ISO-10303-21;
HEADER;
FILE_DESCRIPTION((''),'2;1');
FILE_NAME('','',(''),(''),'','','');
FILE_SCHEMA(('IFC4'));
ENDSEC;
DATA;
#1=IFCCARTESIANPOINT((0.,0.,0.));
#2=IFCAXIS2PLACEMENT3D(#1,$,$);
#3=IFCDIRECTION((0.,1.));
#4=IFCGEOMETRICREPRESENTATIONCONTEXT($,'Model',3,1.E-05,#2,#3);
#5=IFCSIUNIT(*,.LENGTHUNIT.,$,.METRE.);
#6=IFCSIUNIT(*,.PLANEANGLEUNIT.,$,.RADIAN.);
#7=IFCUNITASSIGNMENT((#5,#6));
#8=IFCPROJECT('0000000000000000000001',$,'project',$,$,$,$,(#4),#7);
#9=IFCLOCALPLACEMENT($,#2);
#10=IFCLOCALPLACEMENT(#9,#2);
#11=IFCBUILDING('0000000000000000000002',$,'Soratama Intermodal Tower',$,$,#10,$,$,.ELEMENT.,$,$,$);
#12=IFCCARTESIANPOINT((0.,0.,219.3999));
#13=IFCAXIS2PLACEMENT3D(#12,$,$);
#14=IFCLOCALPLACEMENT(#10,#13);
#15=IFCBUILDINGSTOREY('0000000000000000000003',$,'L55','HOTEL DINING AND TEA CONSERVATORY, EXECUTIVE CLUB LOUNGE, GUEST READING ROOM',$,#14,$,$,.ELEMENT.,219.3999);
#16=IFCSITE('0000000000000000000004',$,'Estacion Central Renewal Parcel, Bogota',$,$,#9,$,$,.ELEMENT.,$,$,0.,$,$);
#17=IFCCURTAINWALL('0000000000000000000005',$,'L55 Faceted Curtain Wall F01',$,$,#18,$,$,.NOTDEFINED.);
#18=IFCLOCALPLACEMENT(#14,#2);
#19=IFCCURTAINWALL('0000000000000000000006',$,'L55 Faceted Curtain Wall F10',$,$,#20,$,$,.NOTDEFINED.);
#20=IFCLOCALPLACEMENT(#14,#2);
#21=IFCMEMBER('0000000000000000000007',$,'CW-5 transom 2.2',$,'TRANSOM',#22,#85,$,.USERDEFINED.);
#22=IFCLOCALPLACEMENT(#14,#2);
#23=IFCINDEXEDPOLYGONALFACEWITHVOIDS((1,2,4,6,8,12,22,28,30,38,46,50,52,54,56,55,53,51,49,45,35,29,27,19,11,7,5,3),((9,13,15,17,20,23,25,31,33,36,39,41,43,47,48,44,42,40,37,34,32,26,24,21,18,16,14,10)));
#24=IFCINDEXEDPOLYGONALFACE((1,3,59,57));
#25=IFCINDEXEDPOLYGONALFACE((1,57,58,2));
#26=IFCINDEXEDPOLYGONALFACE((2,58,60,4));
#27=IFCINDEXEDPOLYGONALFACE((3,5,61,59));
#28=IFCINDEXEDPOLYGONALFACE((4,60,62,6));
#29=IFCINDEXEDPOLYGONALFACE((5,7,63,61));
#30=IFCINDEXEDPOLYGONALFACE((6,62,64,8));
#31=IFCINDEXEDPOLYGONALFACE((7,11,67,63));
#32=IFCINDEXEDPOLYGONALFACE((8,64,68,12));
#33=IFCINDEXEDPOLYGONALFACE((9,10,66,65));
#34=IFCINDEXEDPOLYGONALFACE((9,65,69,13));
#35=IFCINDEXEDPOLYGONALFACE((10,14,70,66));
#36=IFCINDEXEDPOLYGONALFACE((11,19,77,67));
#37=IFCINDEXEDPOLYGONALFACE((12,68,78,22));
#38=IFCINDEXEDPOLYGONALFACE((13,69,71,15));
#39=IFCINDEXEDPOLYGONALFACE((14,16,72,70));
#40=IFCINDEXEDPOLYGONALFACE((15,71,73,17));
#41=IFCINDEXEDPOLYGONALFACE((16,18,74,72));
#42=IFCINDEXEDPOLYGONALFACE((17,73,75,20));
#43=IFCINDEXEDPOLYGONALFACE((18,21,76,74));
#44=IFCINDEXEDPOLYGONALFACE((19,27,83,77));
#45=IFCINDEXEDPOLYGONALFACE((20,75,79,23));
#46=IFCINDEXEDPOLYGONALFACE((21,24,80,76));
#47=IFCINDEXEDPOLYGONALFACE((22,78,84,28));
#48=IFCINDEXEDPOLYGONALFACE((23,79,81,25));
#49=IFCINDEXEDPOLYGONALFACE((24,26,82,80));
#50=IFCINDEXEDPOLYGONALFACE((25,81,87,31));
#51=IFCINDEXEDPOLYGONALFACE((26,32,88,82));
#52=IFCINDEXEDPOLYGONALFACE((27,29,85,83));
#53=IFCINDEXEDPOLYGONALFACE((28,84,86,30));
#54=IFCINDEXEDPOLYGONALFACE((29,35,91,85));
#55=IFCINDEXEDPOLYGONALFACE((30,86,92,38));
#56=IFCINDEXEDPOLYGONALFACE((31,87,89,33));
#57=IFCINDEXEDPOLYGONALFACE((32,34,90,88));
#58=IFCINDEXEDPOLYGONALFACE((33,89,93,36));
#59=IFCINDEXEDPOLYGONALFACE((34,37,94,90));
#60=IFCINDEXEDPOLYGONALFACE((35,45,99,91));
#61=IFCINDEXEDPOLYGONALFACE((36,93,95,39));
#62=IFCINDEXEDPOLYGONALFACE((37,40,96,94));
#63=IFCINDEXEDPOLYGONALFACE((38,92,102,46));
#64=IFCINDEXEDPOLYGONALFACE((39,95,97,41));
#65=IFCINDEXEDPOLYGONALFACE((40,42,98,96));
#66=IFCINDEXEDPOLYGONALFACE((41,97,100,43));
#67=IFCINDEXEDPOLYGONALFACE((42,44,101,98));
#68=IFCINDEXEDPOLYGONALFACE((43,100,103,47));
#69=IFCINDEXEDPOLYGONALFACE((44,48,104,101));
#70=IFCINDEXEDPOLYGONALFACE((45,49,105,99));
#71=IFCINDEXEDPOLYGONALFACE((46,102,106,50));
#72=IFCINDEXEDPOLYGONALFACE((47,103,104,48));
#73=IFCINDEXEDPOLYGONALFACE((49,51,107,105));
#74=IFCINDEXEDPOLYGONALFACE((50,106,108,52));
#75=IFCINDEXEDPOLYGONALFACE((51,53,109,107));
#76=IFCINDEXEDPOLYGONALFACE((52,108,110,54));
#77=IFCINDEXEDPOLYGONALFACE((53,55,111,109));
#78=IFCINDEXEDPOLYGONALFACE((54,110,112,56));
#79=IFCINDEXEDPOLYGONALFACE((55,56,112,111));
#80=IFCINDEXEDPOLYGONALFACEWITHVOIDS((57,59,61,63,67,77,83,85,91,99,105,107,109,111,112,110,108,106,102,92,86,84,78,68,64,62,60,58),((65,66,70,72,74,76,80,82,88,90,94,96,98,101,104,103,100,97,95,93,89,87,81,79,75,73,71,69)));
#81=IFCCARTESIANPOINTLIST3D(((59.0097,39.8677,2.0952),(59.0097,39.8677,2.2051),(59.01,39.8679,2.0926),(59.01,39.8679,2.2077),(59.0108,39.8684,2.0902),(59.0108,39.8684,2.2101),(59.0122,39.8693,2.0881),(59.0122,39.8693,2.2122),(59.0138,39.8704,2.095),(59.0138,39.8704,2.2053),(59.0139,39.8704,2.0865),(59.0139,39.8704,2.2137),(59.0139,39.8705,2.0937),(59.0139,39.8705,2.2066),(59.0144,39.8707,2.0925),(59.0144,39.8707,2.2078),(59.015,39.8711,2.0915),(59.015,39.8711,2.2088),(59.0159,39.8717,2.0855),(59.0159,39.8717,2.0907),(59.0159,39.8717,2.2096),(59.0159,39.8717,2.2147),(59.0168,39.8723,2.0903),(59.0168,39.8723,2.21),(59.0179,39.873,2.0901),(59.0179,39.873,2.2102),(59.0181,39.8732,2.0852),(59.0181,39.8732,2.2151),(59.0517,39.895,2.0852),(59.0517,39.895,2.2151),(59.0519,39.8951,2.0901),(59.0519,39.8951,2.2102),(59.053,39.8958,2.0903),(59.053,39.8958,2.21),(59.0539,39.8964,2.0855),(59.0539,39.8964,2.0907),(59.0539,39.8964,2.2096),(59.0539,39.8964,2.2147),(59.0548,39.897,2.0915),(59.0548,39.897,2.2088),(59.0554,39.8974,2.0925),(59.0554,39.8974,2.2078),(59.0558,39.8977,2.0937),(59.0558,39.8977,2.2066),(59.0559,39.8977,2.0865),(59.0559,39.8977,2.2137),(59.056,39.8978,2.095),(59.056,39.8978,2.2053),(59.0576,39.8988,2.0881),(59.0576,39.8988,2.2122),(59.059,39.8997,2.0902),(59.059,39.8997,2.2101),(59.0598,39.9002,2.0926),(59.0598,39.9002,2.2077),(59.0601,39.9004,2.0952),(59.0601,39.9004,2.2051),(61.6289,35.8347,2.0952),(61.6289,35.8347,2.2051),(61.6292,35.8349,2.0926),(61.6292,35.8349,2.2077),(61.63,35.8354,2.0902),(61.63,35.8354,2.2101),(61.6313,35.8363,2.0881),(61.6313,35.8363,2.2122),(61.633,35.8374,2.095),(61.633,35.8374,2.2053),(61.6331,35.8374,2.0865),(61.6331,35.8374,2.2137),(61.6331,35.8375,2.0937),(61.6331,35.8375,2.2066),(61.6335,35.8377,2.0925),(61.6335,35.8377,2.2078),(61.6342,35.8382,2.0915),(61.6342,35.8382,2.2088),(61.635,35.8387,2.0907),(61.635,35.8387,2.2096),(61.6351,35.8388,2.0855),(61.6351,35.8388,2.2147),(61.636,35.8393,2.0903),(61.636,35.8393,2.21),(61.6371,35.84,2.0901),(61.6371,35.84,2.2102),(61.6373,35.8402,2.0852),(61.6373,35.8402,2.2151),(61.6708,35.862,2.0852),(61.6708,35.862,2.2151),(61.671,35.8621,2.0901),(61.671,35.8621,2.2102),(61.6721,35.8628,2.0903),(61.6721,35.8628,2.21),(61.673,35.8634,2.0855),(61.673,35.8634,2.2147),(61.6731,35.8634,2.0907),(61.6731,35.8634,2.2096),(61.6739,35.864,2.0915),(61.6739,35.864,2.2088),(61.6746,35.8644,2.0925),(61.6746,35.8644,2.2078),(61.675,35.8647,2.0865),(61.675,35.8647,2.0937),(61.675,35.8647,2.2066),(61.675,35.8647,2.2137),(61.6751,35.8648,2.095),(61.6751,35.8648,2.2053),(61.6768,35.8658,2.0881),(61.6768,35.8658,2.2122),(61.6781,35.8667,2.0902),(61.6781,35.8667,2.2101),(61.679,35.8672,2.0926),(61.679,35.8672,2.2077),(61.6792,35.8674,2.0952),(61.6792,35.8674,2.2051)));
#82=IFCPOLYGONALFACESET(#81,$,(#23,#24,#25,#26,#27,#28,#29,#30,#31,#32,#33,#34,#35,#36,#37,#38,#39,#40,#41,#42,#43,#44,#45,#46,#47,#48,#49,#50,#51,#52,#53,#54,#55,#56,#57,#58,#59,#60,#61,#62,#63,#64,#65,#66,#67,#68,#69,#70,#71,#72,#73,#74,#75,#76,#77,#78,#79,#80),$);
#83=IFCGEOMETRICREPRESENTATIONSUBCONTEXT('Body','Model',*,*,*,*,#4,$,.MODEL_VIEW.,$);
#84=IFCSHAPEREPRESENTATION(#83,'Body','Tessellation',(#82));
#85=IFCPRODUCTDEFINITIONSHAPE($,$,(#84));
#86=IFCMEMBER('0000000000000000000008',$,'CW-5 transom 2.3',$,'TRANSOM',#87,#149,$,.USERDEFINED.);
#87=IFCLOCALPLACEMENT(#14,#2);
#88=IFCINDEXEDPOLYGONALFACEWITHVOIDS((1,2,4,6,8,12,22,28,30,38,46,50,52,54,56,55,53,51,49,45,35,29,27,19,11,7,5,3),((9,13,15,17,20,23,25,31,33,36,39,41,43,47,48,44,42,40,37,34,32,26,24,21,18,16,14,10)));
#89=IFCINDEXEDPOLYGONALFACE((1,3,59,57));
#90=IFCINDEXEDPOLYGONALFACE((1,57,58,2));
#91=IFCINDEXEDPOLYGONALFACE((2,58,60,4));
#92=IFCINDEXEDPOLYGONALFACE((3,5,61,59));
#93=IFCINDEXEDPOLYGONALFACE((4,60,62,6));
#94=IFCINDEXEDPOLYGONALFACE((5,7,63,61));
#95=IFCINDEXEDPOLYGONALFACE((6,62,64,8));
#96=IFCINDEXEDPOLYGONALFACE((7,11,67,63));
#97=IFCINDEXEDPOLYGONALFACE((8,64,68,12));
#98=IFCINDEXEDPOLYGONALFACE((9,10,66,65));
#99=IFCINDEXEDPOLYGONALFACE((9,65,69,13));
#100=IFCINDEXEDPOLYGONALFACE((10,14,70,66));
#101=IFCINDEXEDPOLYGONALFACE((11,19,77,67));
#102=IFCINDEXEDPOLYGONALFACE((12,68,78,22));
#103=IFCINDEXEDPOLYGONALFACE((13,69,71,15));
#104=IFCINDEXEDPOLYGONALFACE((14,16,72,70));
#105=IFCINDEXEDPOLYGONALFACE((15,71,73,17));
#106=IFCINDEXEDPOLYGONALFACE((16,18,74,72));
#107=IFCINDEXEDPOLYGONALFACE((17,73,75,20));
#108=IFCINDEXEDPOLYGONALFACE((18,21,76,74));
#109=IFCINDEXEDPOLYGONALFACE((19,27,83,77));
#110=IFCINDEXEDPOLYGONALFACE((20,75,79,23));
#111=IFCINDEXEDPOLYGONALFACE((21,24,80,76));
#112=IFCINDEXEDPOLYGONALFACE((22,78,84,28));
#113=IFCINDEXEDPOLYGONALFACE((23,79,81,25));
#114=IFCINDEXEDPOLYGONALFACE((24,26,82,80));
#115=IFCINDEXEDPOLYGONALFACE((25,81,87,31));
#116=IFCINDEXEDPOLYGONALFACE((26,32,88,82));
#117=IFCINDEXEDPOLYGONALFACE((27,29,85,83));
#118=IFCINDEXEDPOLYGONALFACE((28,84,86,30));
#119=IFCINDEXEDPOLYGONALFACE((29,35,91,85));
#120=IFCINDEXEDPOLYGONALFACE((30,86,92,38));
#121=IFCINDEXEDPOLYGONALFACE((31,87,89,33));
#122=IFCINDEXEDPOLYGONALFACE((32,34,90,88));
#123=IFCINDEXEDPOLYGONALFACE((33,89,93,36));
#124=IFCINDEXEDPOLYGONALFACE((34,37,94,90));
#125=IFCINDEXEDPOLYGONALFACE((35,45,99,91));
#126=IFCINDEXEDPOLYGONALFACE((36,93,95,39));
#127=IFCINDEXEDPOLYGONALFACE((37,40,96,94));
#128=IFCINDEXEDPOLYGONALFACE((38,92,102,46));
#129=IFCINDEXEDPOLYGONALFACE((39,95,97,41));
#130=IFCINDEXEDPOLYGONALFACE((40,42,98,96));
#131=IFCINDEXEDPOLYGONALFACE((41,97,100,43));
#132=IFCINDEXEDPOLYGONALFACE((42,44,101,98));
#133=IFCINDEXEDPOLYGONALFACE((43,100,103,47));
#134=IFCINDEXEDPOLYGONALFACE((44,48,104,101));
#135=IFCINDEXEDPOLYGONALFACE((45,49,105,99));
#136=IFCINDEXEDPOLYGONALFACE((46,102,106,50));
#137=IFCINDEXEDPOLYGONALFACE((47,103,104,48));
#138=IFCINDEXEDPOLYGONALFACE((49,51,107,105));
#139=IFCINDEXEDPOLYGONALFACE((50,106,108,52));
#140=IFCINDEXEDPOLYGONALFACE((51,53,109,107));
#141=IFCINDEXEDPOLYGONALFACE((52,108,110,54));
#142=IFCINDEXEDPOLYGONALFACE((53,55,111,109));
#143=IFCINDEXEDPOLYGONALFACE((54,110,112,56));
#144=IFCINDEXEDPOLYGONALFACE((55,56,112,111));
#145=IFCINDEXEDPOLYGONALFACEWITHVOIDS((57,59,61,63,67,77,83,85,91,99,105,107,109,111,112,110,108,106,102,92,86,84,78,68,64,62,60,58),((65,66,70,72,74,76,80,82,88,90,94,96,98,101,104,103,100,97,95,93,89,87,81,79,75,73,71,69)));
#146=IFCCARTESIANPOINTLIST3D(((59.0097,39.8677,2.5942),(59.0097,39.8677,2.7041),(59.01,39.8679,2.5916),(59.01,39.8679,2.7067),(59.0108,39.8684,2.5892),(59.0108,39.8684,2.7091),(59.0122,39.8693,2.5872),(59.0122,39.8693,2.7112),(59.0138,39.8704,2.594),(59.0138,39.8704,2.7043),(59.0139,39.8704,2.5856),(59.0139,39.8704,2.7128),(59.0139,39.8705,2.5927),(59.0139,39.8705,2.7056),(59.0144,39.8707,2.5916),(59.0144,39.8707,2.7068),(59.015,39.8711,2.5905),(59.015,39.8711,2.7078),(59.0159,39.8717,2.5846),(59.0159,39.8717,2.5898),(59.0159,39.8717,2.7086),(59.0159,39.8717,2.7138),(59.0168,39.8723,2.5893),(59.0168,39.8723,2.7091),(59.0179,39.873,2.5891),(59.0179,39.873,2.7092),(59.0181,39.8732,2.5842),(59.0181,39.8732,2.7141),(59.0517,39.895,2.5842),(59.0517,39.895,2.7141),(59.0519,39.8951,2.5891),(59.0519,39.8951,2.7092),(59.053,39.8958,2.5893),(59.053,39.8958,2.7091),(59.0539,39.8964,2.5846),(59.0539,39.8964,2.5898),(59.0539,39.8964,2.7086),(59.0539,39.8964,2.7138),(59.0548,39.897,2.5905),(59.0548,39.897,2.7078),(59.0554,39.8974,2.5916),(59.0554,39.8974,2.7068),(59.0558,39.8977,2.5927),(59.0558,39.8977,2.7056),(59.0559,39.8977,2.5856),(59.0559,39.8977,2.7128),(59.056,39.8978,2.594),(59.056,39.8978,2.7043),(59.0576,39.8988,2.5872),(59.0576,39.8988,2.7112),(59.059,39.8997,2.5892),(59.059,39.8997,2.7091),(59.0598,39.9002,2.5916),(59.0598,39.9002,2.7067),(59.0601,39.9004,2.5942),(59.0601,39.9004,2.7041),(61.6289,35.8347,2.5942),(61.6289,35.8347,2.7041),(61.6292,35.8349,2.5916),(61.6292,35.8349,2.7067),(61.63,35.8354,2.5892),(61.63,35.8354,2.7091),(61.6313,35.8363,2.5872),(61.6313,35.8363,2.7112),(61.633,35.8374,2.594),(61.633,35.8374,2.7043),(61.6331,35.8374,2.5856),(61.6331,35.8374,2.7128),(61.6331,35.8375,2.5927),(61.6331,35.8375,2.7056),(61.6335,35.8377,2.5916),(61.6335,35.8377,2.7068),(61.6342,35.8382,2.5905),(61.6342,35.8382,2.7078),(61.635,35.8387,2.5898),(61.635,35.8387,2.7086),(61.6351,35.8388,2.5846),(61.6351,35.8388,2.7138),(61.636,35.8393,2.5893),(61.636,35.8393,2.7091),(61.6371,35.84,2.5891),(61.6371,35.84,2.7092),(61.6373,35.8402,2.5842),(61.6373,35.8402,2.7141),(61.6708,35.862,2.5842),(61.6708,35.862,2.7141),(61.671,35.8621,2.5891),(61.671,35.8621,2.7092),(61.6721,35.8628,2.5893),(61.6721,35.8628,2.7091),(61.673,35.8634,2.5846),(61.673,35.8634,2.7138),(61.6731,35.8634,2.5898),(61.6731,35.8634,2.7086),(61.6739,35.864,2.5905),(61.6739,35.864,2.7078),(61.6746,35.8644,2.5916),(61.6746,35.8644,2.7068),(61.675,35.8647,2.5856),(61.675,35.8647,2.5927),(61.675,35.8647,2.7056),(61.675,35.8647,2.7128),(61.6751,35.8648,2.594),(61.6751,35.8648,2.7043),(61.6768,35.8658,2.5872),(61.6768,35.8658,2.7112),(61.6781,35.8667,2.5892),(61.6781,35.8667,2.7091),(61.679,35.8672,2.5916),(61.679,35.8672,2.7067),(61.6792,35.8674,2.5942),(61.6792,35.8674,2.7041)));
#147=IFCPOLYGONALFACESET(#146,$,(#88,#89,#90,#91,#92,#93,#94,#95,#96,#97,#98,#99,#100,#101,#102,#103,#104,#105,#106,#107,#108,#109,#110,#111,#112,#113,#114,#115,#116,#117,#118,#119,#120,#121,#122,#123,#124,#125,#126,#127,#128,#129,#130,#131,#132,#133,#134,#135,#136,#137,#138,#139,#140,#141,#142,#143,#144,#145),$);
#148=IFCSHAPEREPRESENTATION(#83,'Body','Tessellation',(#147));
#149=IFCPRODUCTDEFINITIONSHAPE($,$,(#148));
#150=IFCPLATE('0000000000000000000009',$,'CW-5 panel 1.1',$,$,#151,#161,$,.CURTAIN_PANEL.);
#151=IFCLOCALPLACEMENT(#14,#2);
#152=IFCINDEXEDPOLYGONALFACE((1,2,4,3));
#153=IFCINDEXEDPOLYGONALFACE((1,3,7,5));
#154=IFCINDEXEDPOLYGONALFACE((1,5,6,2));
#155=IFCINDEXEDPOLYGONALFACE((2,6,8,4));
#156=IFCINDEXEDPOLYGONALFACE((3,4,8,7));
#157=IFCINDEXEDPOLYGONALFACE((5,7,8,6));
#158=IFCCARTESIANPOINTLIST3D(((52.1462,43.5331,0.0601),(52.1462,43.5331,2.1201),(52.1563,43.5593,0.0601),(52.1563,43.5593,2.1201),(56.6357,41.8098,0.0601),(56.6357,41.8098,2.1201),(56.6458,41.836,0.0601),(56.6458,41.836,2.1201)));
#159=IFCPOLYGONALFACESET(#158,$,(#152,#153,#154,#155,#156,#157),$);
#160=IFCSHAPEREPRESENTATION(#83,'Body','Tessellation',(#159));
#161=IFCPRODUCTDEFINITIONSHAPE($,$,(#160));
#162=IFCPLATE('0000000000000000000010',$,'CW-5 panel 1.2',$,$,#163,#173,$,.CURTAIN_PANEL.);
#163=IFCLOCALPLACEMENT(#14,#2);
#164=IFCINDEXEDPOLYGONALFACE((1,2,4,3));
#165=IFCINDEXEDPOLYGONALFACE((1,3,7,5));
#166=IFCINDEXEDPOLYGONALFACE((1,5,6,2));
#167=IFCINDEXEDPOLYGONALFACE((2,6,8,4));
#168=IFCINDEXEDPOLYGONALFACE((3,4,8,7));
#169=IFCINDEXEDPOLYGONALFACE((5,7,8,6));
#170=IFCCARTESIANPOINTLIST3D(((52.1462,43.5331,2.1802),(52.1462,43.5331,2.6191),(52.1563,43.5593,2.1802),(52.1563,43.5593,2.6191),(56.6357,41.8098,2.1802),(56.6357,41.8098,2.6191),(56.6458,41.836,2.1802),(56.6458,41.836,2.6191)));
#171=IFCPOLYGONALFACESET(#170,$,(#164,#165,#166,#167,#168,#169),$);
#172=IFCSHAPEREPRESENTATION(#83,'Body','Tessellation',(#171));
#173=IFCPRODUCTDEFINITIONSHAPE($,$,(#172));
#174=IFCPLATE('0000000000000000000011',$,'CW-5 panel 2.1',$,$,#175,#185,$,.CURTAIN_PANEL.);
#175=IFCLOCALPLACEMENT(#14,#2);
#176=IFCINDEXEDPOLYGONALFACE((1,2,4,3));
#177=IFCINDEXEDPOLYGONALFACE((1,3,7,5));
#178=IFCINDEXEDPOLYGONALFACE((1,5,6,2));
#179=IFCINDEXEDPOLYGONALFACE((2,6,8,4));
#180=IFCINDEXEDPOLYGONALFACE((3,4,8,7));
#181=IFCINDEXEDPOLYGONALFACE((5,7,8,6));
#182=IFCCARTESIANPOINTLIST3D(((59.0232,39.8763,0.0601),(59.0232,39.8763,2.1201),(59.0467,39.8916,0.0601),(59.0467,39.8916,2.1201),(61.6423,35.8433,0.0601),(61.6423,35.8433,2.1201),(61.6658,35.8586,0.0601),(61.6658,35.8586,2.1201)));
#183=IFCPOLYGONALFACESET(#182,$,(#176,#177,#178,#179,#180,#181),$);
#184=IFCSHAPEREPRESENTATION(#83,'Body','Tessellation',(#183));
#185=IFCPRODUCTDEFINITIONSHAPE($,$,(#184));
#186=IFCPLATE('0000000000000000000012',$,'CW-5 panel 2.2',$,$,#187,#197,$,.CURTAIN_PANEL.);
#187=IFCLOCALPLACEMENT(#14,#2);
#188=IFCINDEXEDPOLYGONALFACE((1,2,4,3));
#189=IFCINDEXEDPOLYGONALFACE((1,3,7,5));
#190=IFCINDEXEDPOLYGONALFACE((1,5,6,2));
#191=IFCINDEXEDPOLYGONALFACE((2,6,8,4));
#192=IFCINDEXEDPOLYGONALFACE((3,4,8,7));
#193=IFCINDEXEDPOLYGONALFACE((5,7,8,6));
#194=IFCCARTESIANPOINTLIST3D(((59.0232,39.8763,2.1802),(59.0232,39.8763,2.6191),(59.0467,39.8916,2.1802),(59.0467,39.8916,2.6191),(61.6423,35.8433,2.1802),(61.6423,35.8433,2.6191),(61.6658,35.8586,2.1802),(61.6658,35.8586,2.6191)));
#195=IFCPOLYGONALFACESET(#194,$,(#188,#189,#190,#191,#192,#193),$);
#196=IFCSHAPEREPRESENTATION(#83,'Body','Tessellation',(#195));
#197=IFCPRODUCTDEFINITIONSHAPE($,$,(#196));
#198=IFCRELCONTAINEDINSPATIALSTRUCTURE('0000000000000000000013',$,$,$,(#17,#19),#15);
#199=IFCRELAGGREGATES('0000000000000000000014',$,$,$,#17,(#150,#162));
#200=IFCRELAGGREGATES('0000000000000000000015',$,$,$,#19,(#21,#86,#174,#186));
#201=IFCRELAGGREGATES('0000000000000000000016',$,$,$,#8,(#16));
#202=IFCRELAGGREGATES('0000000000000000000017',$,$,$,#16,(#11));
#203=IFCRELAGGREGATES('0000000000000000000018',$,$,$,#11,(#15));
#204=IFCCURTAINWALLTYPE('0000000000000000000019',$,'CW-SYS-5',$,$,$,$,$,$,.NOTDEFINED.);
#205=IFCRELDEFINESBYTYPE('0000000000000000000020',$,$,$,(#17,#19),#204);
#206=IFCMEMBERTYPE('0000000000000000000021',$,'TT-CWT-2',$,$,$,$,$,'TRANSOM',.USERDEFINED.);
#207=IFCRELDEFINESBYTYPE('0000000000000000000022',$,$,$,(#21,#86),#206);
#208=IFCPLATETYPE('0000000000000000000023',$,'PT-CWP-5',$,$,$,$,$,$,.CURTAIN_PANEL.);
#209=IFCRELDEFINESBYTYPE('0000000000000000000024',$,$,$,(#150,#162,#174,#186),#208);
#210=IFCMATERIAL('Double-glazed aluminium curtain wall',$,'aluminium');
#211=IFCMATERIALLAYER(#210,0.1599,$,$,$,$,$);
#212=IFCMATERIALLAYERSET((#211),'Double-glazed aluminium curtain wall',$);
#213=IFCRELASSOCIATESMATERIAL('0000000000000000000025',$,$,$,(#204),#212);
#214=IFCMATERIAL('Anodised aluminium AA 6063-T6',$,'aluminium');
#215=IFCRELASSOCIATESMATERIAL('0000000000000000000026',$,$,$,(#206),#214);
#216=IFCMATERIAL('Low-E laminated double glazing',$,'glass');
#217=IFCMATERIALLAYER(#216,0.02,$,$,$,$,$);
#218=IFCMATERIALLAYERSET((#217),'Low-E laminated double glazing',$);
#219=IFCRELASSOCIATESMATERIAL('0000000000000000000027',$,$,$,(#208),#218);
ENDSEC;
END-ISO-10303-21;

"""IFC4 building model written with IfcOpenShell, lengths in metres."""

from ifc_helpers import new_model, si_unit, direction, frame, origin, origin_2d, place, context, subcontext, project, spatial, rectangle, hollow_rectangle, extrude, material, layer, layer_set, material_profile, profile_set, type_object, element, aggregate, save


model = new_model("IFC4")

# Units and contexts
model_context = context("Model", 3, precision=1e-05, world=origin(), true_north=direction((0.0, 1.0)))
body_context = subcontext(model_context, "Body", "Model", "MODEL_VIEW")
ifc_project = project(units=[si_unit("LENGTHUNIT", "METRE"), si_unit("PLANEANGLEUNIT", "RADIAN")], contexts=[model_context])

# Site, building, storey
site_placement = place(None, origin())
site = spatial("IfcSite", under=ifc_project, at=site_placement, Name="Estacion Central Renewal Parcel, Bogota", CompositionType="ELEMENT", RefElevation=0.0)
building_placement = place(site_placement, origin())
building = spatial("IfcBuilding", under=site, at=building_placement, Name="Soratama Intermodal Tower", CompositionType="ELEMENT")
storey_placement = place(building_placement, frame((0.0, 0.0, 219.3999)))
storey = spatial("IfcBuildingStorey", under=building, at=storey_placement, Name="L55", Description="HOTEL DINING AND TEA CONSERVATORY, EXECUTIVE CLUB LOUNGE, GUEST READING ROOM", CompositionType="ELEMENT", Elevation=219.3999)

# Curtain wall
ifc_material_1 = material(Name="Double-glazed aluminium curtain wall", Category="aluminium")
ifc_layer_1 = layer(ifc_material_1, 0.1599)
ifc_layer_set_1 = layer_set([ifc_layer_1], Name="Double-glazed aluminium curtain wall")
curtain_wall_type = type_object("IfcCurtainWallType", Name="CW-SYS-5", PredefinedType="NOTDEFINED", material=ifc_layer_set_1)
curtain_wall_1_placement = place(storey_placement, origin())
curtain_wall_1 = element("IfcCurtainWall", 1, at=curtain_wall_1_placement, inside=storey, type_object=curtain_wall_type, Name="L55 Faceted Curtain Wall F01", PredefinedType="NOTDEFINED")

# Curtain wall
curtain_wall_2_placement = place(storey_placement, origin())
curtain_wall_2 = element("IfcCurtainWall", 2, at=curtain_wall_2_placement, inside=storey, type_object=curtain_wall_type, Name="L55 Faceted Curtain Wall F10", PredefinedType="NOTDEFINED")

# Members
ifc_material_2 = material(Name="Anodised aluminium AA 6063-T6", Category="aluminium")
ifc_material_profile_1 = material_profile(ifc_material_2, hollow_rectangle(XDim=0.0601, YDim=0.1299, WallThickness=0.0049, InnerFilletRadius=0.0049, OuterFilletRadius=0.01, at=origin_2d()), Name="CWT130X60X5")
ifc_profile_set_1 = profile_set([ifc_material_profile_1], Name="Anodised aluminium AA 6063-T6")
member_type_1 = type_object("IfcMemberType", Name="TT-CWT-2", ElementType="TRANSOM", PredefinedType="USERDEFINED", material=ifc_profile_set_1)
member_1_placement = place(storey_placement, frame((61.6541, 35.8511, 2.1501), z_axis=(-0.544655, 0.83866, 0.0), x_axis=(-0.83866, -0.544655, 0.0)))
member_1 = element("IfcMember", 3, at=member_1_placement, type_object=member_type_1, Name="CW-5 transom 2.2", ObjectType="TRANSOM", PredefinedType="USERDEFINED", context=body_context, shape_type="SweptSolid", body=[
    extrude(hollow_rectangle(XDim=0.0601, YDim=0.1299, WallThickness=0.0049, InnerFilletRadius=0.0049, OuterFilletRadius=0.01, at=origin_2d()), origin(), (0.0, 0.0, 1.0), 4.8088),
])
member_2_placement = place(storey_placement, frame((61.6541, 35.8511, 2.6492), z_axis=(-0.544655, 0.83866, 0.0), x_axis=(-0.83866, -0.544655, 0.0)))
member_2 = element("IfcMember", 4, at=member_2_placement, type_object=member_type_1, Name="CW-5 transom 2.3", ObjectType="TRANSOM", PredefinedType="USERDEFINED", context=body_context, shape_type="SweptSolid", body=[
    extrude(hollow_rectangle(XDim=0.0601, YDim=0.1299, WallThickness=0.0049, InnerFilletRadius=0.0049, OuterFilletRadius=0.01, at=origin_2d()), origin(), (0.0, 0.0, 1.0), 4.8088),
])

# Plates
ifc_material_3 = material(Name="Low-E laminated double glazing", Category="glass")
ifc_layer_2 = layer(ifc_material_3, 0.02)
ifc_layer_set_2 = layer_set([ifc_layer_2], Name="Low-E laminated double glazing")
plate_type = type_object("IfcPlateType", Name="PT-CWP-5", PredefinedType="CURTAIN_PANEL", material=ifc_layer_set_2)
plate_1_placement = place(storey_placement, frame((54.396, 42.6846, 0.0601), z_axis=(0.0, 0.0, 1.0), x_axis=(-0.933584, 0.358359, 0.0)))
plate_1 = element("IfcPlate", 5, at=plate_1_placement, type_object=plate_type, Name="CW-5 panel 1.1", PredefinedType="CURTAIN_PANEL", context=body_context, shape_type="SweptSolid", body=[
    extrude(rectangle(XDim=4.8088, YDim=0.0281, at=origin_2d()), origin(), (0.0, 0.0, 1.0), 2.0601),
])
plate_2_placement = place(storey_placement, frame((54.396, 42.6846, 2.1802), z_axis=(0.0, 0.0, 1.0), x_axis=(-0.933584, 0.358359, 0.0)))
plate_2 = element("IfcPlate", 6, at=plate_2_placement, type_object=plate_type, Name="CW-5 panel 1.2", PredefinedType="CURTAIN_PANEL", context=body_context, shape_type="SweptSolid", body=[
    extrude(rectangle(XDim=4.8088, YDim=0.0281, at=origin_2d()), origin(), (0.0, 0.0, 1.0), 0.439),
])
aggregate(curtain_wall_1, [plate_1, plate_2])
plate_3_placement = place(storey_placement, frame((60.3445, 37.8674, 0.0601), z_axis=(0.0, 0.0, 1.0), x_axis=(-0.54464, 0.83867, 0.0)))
plate_3 = element("IfcPlate", 7, at=plate_3_placement, type_object=plate_type, Name="CW-5 panel 2.1", PredefinedType="CURTAIN_PANEL", context=body_context, shape_type="SweptSolid", body=[
    extrude(rectangle(XDim=4.8088, YDim=0.0281, at=origin_2d()), origin(), (0.0, 0.0, 1.0), 2.0601),
])
plate_4_placement = place(storey_placement, frame((60.3445, 37.8674, 2.1802), z_axis=(0.0, 0.0, 1.0), x_axis=(-0.54464, 0.83867, 0.0)))
plate_4 = element("IfcPlate", 8, at=plate_4_placement, type_object=plate_type, Name="CW-5 panel 2.2", PredefinedType="CURTAIN_PANEL", context=body_context, shape_type="SweptSolid", body=[
    extrude(rectangle(XDim=4.8088, YDim=0.0281, at=origin_2d()), origin(), (0.0, 0.0, 1.0), 0.439),
])
aggregate(curtain_wall_2, [member_1, member_2, plate_3, plate_4])

save(model, "model.ifc")
